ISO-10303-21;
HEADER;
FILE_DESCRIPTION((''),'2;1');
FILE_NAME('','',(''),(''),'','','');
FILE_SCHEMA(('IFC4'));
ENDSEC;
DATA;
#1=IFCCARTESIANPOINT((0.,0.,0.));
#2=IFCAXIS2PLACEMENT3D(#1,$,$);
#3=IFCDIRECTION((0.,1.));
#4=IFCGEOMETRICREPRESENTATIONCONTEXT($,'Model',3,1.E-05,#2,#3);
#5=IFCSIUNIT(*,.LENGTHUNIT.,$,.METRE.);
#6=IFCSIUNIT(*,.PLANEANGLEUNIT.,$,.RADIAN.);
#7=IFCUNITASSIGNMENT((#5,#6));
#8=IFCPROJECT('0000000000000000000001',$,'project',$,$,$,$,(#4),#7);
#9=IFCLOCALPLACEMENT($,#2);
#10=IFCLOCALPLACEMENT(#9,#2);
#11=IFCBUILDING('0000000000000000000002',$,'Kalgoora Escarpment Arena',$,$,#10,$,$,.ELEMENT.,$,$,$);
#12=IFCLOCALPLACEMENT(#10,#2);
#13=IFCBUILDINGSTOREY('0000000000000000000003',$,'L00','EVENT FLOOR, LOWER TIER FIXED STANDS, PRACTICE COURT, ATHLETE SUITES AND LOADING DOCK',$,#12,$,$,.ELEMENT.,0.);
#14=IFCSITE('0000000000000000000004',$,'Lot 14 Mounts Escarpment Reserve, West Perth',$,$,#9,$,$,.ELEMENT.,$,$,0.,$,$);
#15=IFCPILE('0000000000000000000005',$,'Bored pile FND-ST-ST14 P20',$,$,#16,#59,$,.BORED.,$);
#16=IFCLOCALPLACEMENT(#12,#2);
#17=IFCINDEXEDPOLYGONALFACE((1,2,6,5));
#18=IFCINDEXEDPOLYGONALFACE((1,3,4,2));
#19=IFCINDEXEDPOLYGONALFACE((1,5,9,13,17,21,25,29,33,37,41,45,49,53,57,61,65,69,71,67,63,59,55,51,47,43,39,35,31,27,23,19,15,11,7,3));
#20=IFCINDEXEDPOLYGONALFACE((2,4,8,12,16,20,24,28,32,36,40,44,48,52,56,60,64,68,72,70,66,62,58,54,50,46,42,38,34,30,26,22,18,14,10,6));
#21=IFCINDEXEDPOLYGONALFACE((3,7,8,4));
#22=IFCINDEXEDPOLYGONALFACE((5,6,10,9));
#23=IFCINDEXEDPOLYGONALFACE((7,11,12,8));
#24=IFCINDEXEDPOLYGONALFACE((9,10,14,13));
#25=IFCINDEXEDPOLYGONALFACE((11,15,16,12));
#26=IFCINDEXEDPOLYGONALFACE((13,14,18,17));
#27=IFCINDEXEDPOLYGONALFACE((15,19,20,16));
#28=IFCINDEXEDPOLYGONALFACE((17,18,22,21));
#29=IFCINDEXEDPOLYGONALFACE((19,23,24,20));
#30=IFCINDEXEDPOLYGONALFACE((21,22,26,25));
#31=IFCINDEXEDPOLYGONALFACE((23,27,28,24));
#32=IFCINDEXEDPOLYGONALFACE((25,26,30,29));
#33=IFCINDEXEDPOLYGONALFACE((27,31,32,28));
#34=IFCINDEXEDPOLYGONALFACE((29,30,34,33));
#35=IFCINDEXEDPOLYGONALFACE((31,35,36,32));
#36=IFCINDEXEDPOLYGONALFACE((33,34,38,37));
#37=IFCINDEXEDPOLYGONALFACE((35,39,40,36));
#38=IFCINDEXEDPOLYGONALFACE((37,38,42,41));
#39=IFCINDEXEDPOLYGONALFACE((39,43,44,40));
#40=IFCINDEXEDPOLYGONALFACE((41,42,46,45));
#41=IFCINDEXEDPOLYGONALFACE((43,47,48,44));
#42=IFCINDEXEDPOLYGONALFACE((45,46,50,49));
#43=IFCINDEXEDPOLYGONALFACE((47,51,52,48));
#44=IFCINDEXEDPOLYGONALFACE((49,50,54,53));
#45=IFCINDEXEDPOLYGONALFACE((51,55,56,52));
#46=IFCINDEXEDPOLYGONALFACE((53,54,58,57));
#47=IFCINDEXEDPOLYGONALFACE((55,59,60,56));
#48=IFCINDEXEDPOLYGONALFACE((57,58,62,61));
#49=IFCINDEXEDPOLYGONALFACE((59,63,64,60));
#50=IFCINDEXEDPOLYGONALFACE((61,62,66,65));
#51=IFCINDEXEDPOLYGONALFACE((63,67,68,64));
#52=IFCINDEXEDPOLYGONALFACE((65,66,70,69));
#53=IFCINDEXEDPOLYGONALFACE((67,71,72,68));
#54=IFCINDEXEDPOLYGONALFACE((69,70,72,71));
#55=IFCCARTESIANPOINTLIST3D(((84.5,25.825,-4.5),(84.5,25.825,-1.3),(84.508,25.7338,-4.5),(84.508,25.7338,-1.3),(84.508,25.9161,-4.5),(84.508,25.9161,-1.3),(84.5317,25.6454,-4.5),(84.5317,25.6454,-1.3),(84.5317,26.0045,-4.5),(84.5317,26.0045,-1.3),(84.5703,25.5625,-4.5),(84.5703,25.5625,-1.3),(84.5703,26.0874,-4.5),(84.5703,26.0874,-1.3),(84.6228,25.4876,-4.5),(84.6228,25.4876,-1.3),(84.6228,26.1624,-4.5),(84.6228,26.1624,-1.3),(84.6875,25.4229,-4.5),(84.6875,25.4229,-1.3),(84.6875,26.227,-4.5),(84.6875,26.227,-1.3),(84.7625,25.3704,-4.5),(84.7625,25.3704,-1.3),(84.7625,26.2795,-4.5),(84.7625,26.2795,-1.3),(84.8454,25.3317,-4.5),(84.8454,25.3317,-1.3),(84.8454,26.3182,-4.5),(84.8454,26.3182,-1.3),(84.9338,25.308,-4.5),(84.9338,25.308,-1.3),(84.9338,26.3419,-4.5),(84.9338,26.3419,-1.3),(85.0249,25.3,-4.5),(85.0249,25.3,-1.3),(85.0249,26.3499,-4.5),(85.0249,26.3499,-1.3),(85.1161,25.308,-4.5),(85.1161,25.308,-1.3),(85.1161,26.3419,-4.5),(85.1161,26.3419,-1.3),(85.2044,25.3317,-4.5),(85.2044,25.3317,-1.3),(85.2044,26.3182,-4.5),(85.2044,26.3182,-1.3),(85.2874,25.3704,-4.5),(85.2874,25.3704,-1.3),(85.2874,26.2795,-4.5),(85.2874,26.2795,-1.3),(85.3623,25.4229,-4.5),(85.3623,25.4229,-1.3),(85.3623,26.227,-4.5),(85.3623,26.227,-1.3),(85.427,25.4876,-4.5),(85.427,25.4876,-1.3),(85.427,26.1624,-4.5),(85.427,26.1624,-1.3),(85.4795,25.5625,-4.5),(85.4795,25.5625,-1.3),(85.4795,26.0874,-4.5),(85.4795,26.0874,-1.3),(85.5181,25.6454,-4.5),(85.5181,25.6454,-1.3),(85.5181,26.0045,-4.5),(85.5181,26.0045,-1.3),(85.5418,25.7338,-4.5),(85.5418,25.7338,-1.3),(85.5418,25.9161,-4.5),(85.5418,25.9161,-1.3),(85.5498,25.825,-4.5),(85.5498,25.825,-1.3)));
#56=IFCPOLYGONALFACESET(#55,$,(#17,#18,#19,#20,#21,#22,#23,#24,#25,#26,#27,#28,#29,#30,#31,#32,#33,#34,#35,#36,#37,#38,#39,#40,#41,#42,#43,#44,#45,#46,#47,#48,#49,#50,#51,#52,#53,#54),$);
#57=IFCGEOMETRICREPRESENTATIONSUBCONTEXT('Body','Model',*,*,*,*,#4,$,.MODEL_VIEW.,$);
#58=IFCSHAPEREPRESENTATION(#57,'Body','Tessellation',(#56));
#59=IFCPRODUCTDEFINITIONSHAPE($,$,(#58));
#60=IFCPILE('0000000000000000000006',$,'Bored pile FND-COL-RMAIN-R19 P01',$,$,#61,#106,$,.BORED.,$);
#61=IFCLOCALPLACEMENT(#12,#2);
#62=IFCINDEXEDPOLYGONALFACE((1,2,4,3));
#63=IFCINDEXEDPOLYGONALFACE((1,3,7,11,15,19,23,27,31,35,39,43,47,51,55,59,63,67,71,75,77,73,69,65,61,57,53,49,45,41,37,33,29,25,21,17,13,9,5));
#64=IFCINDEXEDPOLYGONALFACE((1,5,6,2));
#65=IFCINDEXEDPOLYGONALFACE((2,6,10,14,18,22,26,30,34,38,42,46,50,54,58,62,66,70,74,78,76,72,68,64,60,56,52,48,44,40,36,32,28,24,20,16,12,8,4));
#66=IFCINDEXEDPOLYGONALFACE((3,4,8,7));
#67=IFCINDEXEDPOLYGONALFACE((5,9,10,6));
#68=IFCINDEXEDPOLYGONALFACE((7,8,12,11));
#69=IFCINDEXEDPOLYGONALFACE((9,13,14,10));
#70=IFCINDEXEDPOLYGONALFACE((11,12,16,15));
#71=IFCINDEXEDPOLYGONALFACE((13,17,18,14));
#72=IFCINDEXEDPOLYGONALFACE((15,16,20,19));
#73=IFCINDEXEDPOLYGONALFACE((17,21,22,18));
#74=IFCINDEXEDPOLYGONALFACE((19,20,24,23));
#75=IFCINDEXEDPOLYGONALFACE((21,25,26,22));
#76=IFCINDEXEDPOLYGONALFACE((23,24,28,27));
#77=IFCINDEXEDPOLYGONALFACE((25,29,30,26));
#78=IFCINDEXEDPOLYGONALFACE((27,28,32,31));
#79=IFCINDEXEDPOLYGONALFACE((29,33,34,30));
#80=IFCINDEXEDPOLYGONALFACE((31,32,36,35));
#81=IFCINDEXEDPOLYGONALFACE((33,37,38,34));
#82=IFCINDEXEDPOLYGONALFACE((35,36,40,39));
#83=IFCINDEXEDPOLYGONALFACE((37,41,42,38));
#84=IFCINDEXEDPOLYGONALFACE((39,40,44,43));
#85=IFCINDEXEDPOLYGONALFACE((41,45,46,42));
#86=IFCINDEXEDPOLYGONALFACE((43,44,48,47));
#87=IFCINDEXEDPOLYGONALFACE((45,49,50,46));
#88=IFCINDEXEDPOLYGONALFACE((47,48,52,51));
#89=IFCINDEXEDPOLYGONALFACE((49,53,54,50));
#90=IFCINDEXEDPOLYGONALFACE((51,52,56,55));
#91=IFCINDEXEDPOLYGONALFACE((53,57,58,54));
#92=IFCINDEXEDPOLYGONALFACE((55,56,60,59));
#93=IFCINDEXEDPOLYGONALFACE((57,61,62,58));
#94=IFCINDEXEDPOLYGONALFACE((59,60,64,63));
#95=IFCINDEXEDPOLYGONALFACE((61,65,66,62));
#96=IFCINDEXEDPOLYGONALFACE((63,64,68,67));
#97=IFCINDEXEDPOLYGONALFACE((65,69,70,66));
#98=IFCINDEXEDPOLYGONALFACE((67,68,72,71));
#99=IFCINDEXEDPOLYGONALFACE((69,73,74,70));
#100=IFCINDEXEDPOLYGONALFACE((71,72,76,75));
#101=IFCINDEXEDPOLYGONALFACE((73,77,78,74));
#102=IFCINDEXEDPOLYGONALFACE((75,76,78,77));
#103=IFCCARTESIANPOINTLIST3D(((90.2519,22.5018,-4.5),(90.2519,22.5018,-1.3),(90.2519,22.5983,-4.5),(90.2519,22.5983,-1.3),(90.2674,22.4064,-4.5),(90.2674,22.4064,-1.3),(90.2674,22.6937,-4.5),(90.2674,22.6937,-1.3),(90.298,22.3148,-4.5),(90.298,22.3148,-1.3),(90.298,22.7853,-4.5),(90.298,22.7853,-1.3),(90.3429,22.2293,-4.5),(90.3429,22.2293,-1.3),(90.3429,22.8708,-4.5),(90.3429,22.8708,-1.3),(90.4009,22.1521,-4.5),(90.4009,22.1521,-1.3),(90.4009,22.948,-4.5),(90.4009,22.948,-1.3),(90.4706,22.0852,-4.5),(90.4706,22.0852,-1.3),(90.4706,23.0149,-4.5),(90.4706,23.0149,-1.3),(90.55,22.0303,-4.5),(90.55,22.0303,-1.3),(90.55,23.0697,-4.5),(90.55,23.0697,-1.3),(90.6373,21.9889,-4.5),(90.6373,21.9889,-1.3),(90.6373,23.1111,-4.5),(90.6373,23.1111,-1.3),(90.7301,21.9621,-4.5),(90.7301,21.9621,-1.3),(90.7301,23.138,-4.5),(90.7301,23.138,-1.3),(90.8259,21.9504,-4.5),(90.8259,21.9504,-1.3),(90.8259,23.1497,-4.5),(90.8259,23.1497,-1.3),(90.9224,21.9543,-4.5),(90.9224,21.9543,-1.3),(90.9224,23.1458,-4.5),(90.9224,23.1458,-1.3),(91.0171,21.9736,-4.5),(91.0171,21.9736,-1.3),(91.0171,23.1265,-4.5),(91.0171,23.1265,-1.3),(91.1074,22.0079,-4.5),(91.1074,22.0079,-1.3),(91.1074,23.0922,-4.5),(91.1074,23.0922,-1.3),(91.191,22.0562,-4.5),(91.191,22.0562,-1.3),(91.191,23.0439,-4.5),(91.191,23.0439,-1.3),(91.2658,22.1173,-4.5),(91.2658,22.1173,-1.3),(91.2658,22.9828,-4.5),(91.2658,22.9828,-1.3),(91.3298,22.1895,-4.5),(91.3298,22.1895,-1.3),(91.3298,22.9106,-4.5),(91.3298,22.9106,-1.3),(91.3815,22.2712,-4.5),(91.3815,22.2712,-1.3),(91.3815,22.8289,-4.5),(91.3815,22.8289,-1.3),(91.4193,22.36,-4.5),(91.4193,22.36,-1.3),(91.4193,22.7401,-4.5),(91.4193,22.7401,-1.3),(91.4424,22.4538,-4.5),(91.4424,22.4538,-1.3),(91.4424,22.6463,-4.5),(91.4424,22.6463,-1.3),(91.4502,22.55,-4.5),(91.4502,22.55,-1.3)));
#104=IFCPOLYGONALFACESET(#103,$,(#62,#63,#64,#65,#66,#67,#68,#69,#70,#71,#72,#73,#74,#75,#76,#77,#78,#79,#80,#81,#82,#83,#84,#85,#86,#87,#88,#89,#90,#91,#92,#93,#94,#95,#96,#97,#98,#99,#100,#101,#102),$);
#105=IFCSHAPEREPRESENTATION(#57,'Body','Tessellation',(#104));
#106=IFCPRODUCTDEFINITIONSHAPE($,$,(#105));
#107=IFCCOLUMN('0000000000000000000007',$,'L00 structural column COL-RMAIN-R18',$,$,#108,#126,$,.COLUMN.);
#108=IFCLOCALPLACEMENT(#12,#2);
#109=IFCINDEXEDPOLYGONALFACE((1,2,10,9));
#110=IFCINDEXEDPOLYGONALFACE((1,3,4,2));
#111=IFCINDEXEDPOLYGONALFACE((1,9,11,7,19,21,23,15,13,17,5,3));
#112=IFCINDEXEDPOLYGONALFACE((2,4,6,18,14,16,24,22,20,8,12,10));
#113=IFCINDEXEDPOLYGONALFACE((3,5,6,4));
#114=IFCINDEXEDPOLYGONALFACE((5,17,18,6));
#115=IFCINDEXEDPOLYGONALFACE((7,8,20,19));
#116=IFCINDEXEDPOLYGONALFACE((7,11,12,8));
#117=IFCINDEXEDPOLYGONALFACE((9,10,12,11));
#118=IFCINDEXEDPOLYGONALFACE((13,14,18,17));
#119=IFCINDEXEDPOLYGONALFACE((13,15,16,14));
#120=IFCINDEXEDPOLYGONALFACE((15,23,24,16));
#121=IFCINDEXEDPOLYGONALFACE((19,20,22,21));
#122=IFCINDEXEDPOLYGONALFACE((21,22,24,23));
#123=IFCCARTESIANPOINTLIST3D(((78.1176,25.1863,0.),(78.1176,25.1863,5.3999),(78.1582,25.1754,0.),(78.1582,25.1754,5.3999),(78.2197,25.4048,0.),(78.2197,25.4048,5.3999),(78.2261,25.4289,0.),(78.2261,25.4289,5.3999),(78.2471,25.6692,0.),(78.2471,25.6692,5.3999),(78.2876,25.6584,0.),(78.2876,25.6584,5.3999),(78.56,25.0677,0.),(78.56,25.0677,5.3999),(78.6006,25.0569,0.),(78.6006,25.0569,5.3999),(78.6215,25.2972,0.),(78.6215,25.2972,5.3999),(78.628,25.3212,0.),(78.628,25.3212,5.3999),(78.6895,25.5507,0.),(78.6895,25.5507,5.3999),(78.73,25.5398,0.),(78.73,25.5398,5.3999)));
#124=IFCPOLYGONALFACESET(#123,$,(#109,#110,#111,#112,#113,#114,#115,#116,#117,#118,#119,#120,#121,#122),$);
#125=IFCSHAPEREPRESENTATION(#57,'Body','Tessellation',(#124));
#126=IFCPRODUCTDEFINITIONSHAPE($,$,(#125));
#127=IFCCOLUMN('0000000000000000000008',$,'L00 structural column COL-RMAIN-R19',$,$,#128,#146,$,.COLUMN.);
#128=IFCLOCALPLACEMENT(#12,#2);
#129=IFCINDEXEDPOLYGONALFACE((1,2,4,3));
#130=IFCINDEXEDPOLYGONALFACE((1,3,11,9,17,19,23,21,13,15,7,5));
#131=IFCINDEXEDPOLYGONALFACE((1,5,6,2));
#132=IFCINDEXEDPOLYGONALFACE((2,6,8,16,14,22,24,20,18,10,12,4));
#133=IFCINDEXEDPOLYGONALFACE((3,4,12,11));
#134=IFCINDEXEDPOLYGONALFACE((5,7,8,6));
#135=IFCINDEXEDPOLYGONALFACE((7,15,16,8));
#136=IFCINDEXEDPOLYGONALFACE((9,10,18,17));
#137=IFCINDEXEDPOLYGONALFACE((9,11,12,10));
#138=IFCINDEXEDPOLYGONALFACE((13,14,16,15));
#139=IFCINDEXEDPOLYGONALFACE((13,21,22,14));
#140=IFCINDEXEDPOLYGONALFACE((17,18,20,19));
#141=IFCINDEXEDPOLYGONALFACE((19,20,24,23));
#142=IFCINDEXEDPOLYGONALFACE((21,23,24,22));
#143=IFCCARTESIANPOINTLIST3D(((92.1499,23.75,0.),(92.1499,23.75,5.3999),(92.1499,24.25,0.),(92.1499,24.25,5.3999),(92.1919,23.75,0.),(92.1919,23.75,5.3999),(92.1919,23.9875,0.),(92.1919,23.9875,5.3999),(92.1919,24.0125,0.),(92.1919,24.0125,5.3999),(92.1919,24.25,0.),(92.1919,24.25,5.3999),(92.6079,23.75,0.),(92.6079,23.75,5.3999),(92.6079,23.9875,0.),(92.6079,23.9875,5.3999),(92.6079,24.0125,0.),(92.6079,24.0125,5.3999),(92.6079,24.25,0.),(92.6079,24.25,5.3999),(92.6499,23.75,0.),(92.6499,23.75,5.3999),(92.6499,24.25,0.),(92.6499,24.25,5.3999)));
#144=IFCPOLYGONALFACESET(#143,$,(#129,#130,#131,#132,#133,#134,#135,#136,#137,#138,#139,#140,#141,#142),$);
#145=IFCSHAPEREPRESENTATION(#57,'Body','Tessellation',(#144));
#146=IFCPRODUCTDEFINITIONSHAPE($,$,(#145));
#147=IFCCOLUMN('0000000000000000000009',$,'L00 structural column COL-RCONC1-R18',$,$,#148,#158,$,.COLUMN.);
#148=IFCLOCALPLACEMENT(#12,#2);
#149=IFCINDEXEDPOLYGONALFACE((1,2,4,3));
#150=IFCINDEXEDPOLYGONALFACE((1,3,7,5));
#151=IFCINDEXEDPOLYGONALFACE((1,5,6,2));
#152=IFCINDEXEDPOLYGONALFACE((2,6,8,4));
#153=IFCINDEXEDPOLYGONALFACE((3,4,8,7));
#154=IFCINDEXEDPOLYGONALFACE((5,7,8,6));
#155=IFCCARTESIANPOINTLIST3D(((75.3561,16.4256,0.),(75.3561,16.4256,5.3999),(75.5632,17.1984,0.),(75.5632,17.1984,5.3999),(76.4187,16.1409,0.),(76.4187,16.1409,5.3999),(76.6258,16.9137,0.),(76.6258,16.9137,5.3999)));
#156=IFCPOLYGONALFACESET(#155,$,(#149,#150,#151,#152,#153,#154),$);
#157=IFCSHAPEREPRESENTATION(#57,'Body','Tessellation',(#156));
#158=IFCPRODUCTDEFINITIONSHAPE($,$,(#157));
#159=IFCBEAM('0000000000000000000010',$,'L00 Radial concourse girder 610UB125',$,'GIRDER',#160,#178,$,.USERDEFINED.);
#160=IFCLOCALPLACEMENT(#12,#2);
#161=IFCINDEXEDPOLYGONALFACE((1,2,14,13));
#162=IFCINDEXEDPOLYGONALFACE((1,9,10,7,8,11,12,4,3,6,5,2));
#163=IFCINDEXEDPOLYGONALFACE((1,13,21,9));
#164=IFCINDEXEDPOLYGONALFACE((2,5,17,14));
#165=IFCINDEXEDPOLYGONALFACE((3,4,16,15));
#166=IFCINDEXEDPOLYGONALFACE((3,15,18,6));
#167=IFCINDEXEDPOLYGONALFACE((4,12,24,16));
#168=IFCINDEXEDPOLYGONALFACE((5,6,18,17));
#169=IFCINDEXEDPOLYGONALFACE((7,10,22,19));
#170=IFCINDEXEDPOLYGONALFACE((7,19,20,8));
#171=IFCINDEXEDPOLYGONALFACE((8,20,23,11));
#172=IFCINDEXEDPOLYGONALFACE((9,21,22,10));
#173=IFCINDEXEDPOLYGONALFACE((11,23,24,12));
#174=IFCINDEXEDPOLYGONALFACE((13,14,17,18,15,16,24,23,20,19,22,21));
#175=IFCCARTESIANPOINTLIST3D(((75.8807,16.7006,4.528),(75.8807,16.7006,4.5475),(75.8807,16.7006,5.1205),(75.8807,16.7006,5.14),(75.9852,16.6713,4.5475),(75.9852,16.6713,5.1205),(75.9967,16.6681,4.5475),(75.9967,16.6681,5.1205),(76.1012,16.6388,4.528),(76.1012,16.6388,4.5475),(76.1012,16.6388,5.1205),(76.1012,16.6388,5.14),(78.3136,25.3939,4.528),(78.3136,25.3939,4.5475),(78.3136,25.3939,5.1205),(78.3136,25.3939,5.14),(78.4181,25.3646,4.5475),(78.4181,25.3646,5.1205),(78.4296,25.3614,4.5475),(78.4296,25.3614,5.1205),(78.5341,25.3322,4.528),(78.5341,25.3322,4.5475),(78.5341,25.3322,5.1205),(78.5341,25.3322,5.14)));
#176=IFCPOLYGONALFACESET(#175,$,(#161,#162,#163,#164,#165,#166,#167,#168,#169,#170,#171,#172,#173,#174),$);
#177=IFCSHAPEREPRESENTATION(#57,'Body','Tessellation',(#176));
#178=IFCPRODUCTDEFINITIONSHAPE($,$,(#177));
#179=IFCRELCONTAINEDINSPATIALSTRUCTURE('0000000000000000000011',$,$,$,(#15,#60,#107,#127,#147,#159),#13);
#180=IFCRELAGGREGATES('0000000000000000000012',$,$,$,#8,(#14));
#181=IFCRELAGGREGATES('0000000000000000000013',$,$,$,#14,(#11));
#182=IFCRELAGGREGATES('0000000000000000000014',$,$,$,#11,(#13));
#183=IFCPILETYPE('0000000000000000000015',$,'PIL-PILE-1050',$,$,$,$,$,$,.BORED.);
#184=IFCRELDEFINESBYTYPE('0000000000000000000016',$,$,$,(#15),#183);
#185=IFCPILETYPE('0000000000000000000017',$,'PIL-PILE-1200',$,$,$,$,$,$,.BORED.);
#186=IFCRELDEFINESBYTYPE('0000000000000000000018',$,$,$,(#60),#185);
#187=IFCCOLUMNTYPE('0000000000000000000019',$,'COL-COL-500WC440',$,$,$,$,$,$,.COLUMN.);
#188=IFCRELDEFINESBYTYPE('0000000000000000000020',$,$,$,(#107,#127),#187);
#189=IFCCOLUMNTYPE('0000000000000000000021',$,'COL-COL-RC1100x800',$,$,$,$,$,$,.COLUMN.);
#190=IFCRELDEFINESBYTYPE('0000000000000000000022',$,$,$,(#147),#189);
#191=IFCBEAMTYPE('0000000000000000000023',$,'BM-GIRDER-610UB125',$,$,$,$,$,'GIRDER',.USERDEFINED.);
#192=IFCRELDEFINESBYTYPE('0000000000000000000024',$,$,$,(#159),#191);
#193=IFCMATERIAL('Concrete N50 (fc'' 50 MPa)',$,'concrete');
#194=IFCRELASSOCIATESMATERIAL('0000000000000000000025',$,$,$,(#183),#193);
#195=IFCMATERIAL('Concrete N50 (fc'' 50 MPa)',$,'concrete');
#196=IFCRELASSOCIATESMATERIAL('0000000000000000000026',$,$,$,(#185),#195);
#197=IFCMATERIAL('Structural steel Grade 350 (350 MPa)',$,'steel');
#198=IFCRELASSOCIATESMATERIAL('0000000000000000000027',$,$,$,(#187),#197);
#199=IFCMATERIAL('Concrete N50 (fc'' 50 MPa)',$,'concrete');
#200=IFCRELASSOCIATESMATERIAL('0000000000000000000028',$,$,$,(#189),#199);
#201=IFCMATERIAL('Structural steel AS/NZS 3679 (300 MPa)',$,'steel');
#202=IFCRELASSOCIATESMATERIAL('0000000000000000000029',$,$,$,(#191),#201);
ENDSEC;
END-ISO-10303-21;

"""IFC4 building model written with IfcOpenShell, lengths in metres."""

from ifc_helpers import new_model, si_unit, direction, frame, origin, origin_2d, place, context, subcontext, project, spatial, rectangle, circle, i_section, extrude, material, material_profile, profile_set, type_object, element, save


model = new_model("IFC4")

# Units and contexts
model_context = context("Model", 3, precision=1e-05, world=origin(), true_north=direction((0.0, 1.0)))
body_context = subcontext(model_context, "Body", "Model", "MODEL_VIEW")
ifc_project = project(units=[si_unit("LENGTHUNIT", "METRE"), si_unit("PLANEANGLEUNIT", "RADIAN")], contexts=[model_context])

# Site, building, storey
site_placement = place(None, origin())
site = spatial("IfcSite", under=ifc_project, at=site_placement, Name="Lot 14 Mounts Escarpment Reserve, West Perth", CompositionType="ELEMENT", RefElevation=0.0)
building_placement = place(site_placement, origin())
building = spatial("IfcBuilding", under=site, at=building_placement, Name="Kalgoora Escarpment Arena", CompositionType="ELEMENT")
storey_placement = place(building_placement, origin())
storey = spatial("IfcBuildingStorey", under=building, at=storey_placement, Name="L00", Description="EVENT FLOOR, LOWER TIER FIXED STANDS, PRACTICE COURT, ATHLETE SUITES AND LOADING DOCK", CompositionType="ELEMENT", Elevation=0.0)

# Piles
ifc_material_1 = material(Name="Concrete N50 (fc' 50 MPa)", Category="concrete")
ifc_material_profile_1 = material_profile(ifc_material_1, circle(Radius=0.5249, at=origin_2d()))
ifc_profile_set_1 = profile_set([ifc_material_profile_1], Name="Concrete N50 (fc' 50 MPa)")
pile_type_1 = type_object("IfcPileType", Name="PIL-PILE-1050", PredefinedType="BORED", material=ifc_profile_set_1)
for number, where, z_axis, x_axis, name in (
    (1, (85.0249, 25.825, -1.3), (0.0, 0.0, -1.0), (1.0, 0.0, 0.0), "Bored pile FND-ST-ST14 P20"),
):
    element("IfcPile", number, at=place(storey_placement, frame(where, z_axis=z_axis, x_axis=x_axis)), inside=storey, type_object=pile_type_1, Name=name, PredefinedType="BORED", context=body_context, shape_type="SweptSolid", body=[
        extrude(circle(Radius=0.5249, at=origin_2d()), origin(), (0.0, 0.0, 1.0), 3.2),
    ])
ifc_material_2 = material(Name="Concrete N50 (fc' 50 MPa)", Category="concrete")
ifc_material_profile_2 = material_profile(ifc_material_2, circle(Radius=0.6001, at=origin_2d()))
ifc_profile_set_2 = profile_set([ifc_material_profile_2], Name="Concrete N50 (fc' 50 MPa)")
pile_type_2 = type_object("IfcPileType", Name="PIL-PILE-1200", PredefinedType="BORED", material=ifc_profile_set_2)
pile_placement = place(storey_placement, frame((90.8501, 22.55, -1.3), z_axis=(0.0, 0.0, -1.0), x_axis=(1.0, 0.0, 0.0)))
element("IfcPile", 2, at=pile_placement, inside=storey, type_object=pile_type_2, Name="Bored pile FND-COL-RMAIN-R19 P01", PredefinedType="BORED", context=body_context, shape_type="SweptSolid", body=[
    extrude(circle(Radius=0.6001, at=origin_2d()), origin(), (0.0, 0.0, 1.0), 3.2),
])

# Columns
ifc_material_3 = material(Name="Structural steel Grade 350 (350 MPa)", Category="steel")
ifc_material_profile_3 = material_profile(ifc_material_3, i_section(OverallWidth=0.5, OverallDepth=0.5, WebThickness=0.0249, FlangeThickness=0.042, at=origin_2d()))
ifc_profile_set_3 = profile_set([ifc_material_profile_3], Name="Structural steel Grade 350 (350 MPa)")
column_type_1 = type_object("IfcColumnType", Name="COL-COL-500WC440", PredefinedType="COLUMN", material=ifc_profile_set_3)
for number, where, z_axis, x_axis, name in (
    (3, (78.4238, 25.363, 0.0), (0.0, 0.0, 1.0), (-0.258819, -0.965926, 0.0), "L00 structural column COL-RMAIN-R18"),
    (4, (92.3999, 24.0, 0.0), (0.0, 0.0, 1.0), (0.0, -1.0, 0.0), "L00 structural column COL-RMAIN-R19"),
):
    element("IfcColumn", number, at=place(storey_placement, frame(where, z_axis=z_axis, x_axis=x_axis)), inside=storey, type_object=column_type_1, Name=name, PredefinedType="COLUMN", context=body_context, shape_type="SweptSolid", body=[
        extrude(i_section(OverallWidth=0.5, OverallDepth=0.5, WebThickness=0.0249, FlangeThickness=0.042, at=origin_2d()), origin(), (0.0, 0.0, 1.0), 5.3999),
    ])
ifc_material_4 = material(Name="Concrete N50 (fc' 50 MPa)", Category="concrete")
ifc_material_profile_4 = material_profile(ifc_material_4, rectangle(XDim=0.8, YDim=1.1001, at=origin_2d()))
ifc_profile_set_4 = profile_set([ifc_material_profile_4], Name="Concrete N50 (fc' 50 MPa)")
column_type_2 = type_object("IfcColumnType", Name="COL-COL-RC1100x800", PredefinedType="COLUMN", material=ifc_profile_set_4)
column_placement = place(storey_placement, frame((75.991, 16.6697, 0.0), z_axis=(0.0, 0.0, 1.0), x_axis=(-0.258819, -0.965926, 0.0)))
element("IfcColumn", 5, at=column_placement, inside=storey, type_object=column_type_2, Name="L00 structural column COL-RCONC1-R18", PredefinedType="COLUMN", context=body_context, shape_type="SweptSolid", body=[
    extrude(rectangle(XDim=0.8, YDim=1.1001, at=origin_2d()), origin(), (0.0, 0.0, 1.0), 5.3999),
])

# Beam
ifc_material_5 = material(Name="Structural steel AS/NZS 3679 (300 MPa)", Category="steel")
ifc_material_profile_5 = material_profile(ifc_material_5, i_section(OverallWidth=0.229, OverallDepth=0.6121, WebThickness=0.012, FlangeThickness=0.0195, at=origin_2d()))
ifc_profile_set_5 = profile_set([ifc_material_profile_5], Name="Structural steel AS/NZS 3679 (300 MPa)")
beam_type_1 = type_object("IfcBeamType", Name="BM-GIRDER-610UB125", ElementType="GIRDER", PredefinedType="USERDEFINED", material=ifc_profile_set_5)
beam_1_placement = place(storey_placement, frame((78.4238, 25.363, 4.834), z_axis=(-0.269499, -0.963001, 0.0), x_axis=(0.963001, -0.269499, 0.0)))
element("IfcBeam", 6, at=beam_1_placement, inside=storey, type_object=beam_type_1, Name="L00 Radial concourse girder 610UB125", ObjectType="GIRDER", PredefinedType="USERDEFINED", context=body_context, shape_type="SweptSolid", body=[
    extrude(i_section(OverallWidth=0.229, OverallDepth=0.6121, WebThickness=0.012, FlangeThickness=0.0195, at=origin_2d()), origin(), (0.0, 0.0, 1.0), 9.0273),
])

save(model, "model.ifc")
